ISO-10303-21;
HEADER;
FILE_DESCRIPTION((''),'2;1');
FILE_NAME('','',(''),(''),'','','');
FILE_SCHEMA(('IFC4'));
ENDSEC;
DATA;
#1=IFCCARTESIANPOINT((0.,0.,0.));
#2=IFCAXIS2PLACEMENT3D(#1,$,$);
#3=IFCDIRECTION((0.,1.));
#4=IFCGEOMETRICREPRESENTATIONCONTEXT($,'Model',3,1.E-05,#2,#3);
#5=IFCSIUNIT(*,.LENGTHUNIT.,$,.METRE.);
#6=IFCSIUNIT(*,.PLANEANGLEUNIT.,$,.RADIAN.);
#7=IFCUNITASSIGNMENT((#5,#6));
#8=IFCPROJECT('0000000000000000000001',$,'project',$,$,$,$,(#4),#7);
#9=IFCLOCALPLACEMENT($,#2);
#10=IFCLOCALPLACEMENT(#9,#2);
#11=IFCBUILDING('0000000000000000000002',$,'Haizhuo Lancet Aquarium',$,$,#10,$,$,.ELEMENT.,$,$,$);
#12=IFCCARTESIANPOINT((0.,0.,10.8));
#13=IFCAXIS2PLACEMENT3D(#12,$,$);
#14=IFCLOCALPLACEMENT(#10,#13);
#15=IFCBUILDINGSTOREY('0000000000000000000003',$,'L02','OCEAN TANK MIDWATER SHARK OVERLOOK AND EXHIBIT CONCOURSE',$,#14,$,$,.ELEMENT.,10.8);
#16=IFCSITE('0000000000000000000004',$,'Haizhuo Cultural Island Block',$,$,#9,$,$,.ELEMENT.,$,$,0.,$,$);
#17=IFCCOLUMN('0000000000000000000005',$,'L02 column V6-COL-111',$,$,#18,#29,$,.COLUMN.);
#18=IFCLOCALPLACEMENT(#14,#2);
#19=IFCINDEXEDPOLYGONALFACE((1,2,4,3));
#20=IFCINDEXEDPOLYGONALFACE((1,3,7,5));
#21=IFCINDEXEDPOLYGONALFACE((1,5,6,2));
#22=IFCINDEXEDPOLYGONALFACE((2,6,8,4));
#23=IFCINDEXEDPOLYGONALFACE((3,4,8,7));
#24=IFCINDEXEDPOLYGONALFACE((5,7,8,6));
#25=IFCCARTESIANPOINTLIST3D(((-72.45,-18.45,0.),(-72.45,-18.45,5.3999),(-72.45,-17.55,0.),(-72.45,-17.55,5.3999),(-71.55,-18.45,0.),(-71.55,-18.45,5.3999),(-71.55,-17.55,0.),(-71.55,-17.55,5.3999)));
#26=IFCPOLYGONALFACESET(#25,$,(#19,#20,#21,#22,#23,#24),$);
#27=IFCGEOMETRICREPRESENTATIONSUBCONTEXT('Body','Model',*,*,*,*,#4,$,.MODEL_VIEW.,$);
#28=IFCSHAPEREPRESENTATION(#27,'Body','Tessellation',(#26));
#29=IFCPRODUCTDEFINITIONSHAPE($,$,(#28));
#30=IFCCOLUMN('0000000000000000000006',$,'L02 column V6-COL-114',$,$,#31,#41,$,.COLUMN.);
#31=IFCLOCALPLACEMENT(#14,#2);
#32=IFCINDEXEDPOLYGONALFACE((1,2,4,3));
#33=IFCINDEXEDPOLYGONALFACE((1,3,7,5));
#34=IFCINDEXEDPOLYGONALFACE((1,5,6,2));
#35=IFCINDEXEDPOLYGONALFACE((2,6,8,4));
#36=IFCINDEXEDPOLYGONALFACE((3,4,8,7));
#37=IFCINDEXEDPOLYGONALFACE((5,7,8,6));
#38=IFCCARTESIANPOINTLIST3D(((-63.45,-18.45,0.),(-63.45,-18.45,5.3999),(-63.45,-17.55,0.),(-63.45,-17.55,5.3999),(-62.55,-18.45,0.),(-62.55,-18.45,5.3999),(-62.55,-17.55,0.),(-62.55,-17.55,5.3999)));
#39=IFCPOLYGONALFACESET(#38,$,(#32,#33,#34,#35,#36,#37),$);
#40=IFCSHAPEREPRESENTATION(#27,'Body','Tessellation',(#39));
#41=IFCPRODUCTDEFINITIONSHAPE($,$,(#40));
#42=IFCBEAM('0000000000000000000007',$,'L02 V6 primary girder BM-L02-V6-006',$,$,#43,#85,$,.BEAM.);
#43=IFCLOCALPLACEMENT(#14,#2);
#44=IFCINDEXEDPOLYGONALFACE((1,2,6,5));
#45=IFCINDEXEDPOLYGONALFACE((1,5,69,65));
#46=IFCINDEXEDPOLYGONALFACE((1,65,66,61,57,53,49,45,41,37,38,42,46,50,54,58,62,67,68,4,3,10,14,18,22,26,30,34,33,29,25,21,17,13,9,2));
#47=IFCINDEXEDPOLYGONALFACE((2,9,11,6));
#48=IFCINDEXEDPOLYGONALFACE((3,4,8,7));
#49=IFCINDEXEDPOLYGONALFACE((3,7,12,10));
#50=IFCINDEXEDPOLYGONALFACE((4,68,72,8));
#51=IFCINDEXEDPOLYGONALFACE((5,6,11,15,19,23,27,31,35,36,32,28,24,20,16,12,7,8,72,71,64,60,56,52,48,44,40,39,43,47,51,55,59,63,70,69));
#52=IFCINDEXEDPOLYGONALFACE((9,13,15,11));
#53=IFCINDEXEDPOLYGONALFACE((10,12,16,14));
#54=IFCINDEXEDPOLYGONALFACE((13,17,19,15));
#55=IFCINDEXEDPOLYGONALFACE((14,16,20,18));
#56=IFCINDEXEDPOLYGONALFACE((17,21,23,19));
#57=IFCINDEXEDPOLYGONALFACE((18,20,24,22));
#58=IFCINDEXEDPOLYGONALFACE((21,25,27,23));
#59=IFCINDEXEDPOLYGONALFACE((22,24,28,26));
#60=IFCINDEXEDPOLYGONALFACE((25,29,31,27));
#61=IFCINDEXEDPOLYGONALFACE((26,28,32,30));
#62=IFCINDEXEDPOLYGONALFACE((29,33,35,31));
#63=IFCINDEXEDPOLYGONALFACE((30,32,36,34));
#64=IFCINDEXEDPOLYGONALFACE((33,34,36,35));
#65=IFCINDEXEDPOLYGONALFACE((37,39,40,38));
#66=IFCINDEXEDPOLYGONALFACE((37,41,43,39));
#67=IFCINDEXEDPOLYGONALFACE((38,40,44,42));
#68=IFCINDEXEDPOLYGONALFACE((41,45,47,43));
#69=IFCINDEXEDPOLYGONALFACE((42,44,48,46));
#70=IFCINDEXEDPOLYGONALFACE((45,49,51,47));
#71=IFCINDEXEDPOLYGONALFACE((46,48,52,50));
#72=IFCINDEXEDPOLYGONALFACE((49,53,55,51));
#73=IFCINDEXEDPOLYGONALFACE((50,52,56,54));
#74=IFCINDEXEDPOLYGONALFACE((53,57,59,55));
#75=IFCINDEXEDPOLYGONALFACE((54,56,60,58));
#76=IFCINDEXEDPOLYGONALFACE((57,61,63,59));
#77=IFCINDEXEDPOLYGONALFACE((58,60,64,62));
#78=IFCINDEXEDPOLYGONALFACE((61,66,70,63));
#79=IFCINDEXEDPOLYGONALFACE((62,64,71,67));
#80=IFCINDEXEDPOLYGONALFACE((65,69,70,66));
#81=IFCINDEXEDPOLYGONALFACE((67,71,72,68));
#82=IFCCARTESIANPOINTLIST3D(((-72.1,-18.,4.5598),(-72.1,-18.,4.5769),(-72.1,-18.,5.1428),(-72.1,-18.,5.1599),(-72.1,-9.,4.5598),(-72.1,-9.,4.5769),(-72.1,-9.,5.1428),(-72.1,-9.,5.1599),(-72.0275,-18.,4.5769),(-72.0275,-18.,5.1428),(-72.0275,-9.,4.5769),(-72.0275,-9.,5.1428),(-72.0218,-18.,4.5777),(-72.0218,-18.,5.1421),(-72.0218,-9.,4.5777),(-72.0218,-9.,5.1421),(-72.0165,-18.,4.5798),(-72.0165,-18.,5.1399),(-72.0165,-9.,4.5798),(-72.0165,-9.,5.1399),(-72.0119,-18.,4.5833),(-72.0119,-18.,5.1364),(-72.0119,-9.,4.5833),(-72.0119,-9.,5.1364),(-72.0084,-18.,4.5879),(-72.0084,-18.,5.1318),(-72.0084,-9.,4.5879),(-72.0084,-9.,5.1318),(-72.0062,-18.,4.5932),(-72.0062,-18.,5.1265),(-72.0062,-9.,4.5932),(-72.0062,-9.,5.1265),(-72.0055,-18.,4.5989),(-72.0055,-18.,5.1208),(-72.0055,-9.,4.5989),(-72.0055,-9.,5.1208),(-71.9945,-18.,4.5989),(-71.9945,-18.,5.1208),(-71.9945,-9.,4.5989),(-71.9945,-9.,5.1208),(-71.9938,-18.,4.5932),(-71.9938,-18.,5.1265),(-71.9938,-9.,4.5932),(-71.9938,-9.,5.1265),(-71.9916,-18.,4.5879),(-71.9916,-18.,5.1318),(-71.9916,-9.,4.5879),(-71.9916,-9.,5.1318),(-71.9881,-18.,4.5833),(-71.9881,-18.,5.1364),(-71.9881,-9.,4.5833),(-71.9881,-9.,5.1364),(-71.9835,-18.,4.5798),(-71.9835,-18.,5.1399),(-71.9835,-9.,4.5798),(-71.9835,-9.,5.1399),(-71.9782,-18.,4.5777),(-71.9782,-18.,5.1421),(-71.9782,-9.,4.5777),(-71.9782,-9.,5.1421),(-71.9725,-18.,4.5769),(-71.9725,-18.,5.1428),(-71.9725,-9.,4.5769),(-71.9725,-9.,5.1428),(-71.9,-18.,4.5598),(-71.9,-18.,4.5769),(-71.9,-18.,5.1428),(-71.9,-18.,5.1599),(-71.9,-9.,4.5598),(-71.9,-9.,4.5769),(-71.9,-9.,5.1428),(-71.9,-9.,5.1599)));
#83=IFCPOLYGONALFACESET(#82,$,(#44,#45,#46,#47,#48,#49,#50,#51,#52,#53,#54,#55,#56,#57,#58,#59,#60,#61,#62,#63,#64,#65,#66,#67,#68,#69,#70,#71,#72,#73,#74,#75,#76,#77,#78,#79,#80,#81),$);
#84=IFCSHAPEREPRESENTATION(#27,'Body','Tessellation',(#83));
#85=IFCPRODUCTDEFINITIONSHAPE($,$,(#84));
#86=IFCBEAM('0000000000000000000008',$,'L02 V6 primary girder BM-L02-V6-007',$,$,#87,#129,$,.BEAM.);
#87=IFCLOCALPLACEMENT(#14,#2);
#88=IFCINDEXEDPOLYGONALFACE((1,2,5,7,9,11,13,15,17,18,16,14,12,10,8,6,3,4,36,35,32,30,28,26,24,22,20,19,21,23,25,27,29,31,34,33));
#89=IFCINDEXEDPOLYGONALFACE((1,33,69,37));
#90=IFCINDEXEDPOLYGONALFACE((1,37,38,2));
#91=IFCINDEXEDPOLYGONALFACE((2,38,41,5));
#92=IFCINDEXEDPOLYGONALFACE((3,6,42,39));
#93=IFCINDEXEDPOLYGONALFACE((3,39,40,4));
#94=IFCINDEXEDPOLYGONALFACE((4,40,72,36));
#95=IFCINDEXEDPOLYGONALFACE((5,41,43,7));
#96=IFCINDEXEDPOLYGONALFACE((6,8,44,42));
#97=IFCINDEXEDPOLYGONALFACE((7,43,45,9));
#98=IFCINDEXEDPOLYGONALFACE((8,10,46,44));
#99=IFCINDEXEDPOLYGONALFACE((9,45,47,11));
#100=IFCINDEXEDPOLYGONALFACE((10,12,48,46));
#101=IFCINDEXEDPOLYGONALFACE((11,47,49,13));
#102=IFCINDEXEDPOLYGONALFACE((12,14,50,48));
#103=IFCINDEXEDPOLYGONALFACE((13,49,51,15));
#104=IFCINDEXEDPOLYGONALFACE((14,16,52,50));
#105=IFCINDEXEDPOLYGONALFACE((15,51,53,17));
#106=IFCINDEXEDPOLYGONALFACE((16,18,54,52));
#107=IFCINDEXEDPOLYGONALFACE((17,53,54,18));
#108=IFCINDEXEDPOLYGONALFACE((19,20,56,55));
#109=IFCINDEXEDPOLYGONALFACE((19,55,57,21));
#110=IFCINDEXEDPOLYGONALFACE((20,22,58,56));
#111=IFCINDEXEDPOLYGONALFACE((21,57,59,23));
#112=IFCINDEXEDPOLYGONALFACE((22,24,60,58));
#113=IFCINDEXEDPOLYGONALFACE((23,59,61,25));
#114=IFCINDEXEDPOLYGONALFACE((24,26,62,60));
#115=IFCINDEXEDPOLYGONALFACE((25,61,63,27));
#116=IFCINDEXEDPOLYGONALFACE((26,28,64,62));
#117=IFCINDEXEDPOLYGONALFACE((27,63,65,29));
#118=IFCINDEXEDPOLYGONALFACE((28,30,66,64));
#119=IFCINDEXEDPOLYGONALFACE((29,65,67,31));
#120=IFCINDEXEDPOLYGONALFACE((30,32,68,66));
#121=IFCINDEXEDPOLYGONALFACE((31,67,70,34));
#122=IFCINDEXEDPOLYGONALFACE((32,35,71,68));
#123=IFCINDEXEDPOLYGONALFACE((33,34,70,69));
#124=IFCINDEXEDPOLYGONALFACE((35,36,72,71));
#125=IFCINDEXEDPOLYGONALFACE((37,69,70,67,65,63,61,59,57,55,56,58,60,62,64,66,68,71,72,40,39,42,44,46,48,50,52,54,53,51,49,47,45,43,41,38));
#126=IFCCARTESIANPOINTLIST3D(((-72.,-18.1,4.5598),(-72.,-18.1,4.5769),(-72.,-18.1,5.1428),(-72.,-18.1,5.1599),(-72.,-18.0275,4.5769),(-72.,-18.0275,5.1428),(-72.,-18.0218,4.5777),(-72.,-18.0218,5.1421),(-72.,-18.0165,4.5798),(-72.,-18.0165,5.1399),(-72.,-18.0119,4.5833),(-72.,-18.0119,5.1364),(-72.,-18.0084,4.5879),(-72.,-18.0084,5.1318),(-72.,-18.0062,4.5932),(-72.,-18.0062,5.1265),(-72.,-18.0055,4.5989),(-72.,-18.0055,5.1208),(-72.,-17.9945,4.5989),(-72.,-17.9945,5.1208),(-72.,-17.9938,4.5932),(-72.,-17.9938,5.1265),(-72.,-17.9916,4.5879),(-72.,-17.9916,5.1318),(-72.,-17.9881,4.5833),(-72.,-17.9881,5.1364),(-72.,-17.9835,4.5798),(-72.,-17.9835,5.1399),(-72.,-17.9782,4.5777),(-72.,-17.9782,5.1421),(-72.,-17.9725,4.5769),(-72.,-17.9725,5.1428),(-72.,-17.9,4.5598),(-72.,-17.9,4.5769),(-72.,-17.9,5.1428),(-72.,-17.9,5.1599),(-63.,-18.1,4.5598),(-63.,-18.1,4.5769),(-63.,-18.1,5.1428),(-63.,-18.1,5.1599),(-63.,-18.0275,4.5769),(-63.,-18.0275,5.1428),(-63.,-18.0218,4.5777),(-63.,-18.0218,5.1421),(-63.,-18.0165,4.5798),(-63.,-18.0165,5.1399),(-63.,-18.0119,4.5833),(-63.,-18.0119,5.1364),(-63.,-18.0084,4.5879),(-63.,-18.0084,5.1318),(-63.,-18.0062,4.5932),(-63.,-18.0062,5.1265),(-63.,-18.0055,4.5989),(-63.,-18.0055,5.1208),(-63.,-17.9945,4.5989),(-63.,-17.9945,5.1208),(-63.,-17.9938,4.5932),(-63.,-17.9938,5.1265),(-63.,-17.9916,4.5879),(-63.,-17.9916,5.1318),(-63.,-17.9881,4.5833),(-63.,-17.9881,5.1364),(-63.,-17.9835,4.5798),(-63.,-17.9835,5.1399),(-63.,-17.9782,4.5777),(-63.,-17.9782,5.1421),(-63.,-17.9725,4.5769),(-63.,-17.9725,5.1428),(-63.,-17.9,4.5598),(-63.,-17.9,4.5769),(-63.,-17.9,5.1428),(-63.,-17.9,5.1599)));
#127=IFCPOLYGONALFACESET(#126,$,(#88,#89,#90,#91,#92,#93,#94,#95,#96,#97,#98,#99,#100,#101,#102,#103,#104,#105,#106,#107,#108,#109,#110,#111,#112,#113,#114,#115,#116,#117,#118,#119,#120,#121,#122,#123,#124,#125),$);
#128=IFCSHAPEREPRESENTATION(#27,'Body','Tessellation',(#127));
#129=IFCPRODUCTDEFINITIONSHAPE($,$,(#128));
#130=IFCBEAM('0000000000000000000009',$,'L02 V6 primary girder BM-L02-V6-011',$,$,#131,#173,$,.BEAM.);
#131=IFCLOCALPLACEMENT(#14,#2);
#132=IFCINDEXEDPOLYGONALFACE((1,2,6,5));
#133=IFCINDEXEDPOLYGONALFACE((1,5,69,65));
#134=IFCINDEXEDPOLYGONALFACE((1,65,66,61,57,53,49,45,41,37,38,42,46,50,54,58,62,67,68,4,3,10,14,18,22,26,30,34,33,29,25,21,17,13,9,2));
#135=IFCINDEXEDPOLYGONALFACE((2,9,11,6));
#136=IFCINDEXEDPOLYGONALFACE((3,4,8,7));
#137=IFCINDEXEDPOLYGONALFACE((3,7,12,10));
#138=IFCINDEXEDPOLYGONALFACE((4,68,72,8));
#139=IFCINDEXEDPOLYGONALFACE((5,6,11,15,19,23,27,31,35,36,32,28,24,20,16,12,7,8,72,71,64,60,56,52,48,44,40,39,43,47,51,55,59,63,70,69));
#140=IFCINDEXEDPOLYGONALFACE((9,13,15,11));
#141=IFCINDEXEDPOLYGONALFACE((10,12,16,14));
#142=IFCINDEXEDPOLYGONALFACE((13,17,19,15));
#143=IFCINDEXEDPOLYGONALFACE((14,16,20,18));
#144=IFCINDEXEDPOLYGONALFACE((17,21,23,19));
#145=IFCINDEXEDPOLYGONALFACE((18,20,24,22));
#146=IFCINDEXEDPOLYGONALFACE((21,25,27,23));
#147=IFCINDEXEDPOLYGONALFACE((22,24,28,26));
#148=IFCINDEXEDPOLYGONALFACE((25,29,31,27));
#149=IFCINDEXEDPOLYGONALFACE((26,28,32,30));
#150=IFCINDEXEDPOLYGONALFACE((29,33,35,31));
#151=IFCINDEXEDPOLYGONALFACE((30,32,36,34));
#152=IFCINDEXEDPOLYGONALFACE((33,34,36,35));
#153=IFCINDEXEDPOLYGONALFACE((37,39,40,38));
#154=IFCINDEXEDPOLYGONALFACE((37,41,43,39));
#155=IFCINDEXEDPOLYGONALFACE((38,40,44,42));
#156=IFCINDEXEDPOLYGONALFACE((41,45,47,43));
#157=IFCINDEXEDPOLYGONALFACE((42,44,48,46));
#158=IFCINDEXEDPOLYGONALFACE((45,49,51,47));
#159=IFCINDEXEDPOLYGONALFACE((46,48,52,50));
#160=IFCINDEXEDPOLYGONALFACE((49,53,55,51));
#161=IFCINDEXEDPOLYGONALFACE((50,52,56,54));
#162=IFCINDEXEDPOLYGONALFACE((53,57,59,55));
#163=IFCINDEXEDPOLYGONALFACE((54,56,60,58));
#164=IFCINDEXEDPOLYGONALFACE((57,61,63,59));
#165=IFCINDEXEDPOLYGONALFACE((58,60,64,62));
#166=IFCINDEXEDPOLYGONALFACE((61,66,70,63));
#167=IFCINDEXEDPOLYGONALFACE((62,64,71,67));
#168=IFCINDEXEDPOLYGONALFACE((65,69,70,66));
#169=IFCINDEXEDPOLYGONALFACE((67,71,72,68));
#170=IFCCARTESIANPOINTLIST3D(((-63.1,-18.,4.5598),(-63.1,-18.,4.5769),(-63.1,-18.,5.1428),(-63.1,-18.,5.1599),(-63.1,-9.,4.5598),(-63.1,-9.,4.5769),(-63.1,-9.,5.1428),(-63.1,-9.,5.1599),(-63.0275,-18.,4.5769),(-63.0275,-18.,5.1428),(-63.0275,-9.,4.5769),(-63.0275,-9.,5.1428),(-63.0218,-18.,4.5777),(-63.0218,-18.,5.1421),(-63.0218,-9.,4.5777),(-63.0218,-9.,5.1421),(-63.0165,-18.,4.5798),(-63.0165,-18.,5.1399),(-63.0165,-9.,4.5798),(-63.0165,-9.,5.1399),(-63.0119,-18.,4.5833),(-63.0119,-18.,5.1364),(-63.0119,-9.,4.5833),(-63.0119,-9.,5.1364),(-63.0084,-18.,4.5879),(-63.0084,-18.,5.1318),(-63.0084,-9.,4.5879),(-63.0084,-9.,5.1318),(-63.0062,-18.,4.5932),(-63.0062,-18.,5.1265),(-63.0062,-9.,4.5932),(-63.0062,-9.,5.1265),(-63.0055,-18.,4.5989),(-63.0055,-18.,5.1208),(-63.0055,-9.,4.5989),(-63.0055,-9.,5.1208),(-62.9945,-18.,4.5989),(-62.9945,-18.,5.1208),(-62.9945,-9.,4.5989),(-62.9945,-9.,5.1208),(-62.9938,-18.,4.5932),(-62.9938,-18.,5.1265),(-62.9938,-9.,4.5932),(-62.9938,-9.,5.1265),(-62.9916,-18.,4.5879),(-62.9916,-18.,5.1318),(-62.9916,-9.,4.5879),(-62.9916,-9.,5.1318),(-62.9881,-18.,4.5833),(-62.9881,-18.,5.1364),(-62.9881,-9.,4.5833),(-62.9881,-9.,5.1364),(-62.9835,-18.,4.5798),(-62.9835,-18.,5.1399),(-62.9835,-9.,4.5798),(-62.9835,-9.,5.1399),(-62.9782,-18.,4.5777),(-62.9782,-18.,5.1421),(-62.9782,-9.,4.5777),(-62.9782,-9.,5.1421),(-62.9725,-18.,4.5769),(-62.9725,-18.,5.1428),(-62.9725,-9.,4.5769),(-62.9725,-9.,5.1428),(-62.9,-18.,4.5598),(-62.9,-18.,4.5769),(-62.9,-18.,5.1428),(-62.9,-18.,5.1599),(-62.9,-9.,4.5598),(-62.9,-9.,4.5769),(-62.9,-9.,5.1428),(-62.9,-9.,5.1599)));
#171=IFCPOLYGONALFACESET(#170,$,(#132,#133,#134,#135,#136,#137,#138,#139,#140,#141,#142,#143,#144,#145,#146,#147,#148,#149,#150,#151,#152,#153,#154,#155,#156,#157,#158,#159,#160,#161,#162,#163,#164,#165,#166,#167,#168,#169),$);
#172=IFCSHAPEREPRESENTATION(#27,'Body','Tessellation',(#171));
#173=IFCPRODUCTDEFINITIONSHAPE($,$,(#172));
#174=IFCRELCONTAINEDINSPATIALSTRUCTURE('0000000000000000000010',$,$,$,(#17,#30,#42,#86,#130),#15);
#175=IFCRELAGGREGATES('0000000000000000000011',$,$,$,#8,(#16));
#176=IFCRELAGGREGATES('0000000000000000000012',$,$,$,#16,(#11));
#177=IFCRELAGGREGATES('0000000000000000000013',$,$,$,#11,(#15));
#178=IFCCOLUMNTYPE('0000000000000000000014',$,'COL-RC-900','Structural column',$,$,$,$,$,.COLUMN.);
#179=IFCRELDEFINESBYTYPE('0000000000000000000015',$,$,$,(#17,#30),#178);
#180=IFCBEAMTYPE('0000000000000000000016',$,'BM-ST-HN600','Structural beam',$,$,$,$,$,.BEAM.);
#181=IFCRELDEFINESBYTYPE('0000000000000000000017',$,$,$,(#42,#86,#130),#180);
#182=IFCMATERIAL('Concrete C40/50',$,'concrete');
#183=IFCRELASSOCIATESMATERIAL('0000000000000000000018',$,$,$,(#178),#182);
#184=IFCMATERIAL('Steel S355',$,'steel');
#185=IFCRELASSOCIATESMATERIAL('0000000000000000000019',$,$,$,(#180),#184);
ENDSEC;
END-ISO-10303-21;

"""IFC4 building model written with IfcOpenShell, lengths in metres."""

from ifc_helpers import new_model, si_unit, direction, frame, origin, origin_2d, place, context, subcontext, project, spatial, rectangle, i_section, extrude, material, material_profile, profile_set, type_object, element, save


model = new_model("IFC4")

# Units and contexts
model_context = context("Model", 3, precision=1e-05, world=origin(), true_north=direction((0.0, 1.0)))
body_context = subcontext(model_context, "Body", "Model", "MODEL_VIEW")
ifc_project = project(units=[si_unit("LENGTHUNIT", "METRE"), si_unit("PLANEANGLEUNIT", "RADIAN")], contexts=[model_context])

# Site, building, storey
site_placement = place(None, origin())
site = spatial("IfcSite", under=ifc_project, at=site_placement, Name="Haizhuo Cultural Island Block", CompositionType="ELEMENT", RefElevation=0.0)
building_placement = place(site_placement, origin())
building = spatial("IfcBuilding", under=site, at=building_placement, Name="Haizhuo Lancet Aquarium", CompositionType="ELEMENT")
storey_placement = place(building_placement, frame((0.0, 0.0, 10.8)))
storey = spatial("IfcBuildingStorey", under=building, at=storey_placement, Name="L02", Description="OCEAN TANK MIDWATER SHARK OVERLOOK AND EXHIBIT CONCOURSE", CompositionType="ELEMENT", Elevation=10.8)

# Columns
ifc_material_1 = material(Name="Concrete C40/50", Category="concrete")
ifc_material_profile_1 = material_profile(ifc_material_1, rectangle(XDim=0.8999, YDim=0.8999, at=origin_2d()), Name="RC-COL 900x900")
ifc_profile_set_1 = profile_set([ifc_material_profile_1], Name="Concrete C40/50")
column_type = type_object("IfcColumnType", Name="COL-RC-900", Description="Structural column", PredefinedType="COLUMN", material=ifc_profile_set_1)
for number, where, z_axis, x_axis, name in (
    (1, (-72.0, -18.0, 0.0), (0.0, 0.0, 1.0), (1.0, 0.0, 0.0), "L02 column V6-COL-111"),
    (2, (-63.0, -18.0, 0.0), (0.0, 0.0, 1.0), (1.0, 0.0, 0.0), "L02 column V6-COL-114"),
):
    element("IfcColumn", number, at=place(storey_placement, frame(where, z_axis=z_axis, x_axis=x_axis)), inside=storey, type_object=column_type, Name=name, PredefinedType="COLUMN", context=body_context, shape_type="SweptSolid", body=[
        extrude(rectangle(XDim=0.8999, YDim=0.8999, at=origin_2d()), origin(), (0.0, 0.0, 1.0), 5.3999),
    ])

# Beams
ifc_material_2 = material(Name="Steel S355", Category="steel")
ifc_material_profile_2 = material_profile(ifc_material_2, i_section(OverallWidth=0.2, OverallDepth=0.6001, WebThickness=0.011, FlangeThickness=0.0171, FilletRadius=0.022, at=origin_2d()), Name="HN 600x200x11x17")
ifc_profile_set_2 = profile_set([ifc_material_profile_2], Name="Steel S355")
beam_type_1 = type_object("IfcBeamType", Name="BM-ST-HN600", Description="Structural beam", PredefinedType="BEAM", material=ifc_profile_set_2)
for number, where, z_axis, x_axis, name in (
    (3, (-72.0, -18.0, 4.8599), (0.0, 1.0, 0.0), (-1.0, 0.0, 0.0), "L02 V6 primary girder BM-L02-V6-006"),
    (4, (-72.0, -18.0, 4.8599), (1.0, 0.0, 0.0), (0.0, 1.0, 0.0), "L02 V6 primary girder BM-L02-V6-007"),
    (5, (-63.0, -18.0, 4.8599), (0.0, 1.0, 0.0), (-1.0, 0.0, 0.0), "L02 V6 primary girder BM-L02-V6-011"),
):
    element("IfcBeam", number, at=place(storey_placement, frame(where, z_axis=z_axis, x_axis=x_axis)), inside=storey, type_object=beam_type_1, Name=name, PredefinedType="BEAM", context=body_context, shape_type="SweptSolid", body=[
        extrude(i_section(OverallWidth=0.2, OverallDepth=0.6001, WebThickness=0.011, FlangeThickness=0.0171, FilletRadius=0.022, at=origin_2d()), origin(), (0.0, 0.0, 1.0), 9.0),
    ])

save(model, "model.ifc")
